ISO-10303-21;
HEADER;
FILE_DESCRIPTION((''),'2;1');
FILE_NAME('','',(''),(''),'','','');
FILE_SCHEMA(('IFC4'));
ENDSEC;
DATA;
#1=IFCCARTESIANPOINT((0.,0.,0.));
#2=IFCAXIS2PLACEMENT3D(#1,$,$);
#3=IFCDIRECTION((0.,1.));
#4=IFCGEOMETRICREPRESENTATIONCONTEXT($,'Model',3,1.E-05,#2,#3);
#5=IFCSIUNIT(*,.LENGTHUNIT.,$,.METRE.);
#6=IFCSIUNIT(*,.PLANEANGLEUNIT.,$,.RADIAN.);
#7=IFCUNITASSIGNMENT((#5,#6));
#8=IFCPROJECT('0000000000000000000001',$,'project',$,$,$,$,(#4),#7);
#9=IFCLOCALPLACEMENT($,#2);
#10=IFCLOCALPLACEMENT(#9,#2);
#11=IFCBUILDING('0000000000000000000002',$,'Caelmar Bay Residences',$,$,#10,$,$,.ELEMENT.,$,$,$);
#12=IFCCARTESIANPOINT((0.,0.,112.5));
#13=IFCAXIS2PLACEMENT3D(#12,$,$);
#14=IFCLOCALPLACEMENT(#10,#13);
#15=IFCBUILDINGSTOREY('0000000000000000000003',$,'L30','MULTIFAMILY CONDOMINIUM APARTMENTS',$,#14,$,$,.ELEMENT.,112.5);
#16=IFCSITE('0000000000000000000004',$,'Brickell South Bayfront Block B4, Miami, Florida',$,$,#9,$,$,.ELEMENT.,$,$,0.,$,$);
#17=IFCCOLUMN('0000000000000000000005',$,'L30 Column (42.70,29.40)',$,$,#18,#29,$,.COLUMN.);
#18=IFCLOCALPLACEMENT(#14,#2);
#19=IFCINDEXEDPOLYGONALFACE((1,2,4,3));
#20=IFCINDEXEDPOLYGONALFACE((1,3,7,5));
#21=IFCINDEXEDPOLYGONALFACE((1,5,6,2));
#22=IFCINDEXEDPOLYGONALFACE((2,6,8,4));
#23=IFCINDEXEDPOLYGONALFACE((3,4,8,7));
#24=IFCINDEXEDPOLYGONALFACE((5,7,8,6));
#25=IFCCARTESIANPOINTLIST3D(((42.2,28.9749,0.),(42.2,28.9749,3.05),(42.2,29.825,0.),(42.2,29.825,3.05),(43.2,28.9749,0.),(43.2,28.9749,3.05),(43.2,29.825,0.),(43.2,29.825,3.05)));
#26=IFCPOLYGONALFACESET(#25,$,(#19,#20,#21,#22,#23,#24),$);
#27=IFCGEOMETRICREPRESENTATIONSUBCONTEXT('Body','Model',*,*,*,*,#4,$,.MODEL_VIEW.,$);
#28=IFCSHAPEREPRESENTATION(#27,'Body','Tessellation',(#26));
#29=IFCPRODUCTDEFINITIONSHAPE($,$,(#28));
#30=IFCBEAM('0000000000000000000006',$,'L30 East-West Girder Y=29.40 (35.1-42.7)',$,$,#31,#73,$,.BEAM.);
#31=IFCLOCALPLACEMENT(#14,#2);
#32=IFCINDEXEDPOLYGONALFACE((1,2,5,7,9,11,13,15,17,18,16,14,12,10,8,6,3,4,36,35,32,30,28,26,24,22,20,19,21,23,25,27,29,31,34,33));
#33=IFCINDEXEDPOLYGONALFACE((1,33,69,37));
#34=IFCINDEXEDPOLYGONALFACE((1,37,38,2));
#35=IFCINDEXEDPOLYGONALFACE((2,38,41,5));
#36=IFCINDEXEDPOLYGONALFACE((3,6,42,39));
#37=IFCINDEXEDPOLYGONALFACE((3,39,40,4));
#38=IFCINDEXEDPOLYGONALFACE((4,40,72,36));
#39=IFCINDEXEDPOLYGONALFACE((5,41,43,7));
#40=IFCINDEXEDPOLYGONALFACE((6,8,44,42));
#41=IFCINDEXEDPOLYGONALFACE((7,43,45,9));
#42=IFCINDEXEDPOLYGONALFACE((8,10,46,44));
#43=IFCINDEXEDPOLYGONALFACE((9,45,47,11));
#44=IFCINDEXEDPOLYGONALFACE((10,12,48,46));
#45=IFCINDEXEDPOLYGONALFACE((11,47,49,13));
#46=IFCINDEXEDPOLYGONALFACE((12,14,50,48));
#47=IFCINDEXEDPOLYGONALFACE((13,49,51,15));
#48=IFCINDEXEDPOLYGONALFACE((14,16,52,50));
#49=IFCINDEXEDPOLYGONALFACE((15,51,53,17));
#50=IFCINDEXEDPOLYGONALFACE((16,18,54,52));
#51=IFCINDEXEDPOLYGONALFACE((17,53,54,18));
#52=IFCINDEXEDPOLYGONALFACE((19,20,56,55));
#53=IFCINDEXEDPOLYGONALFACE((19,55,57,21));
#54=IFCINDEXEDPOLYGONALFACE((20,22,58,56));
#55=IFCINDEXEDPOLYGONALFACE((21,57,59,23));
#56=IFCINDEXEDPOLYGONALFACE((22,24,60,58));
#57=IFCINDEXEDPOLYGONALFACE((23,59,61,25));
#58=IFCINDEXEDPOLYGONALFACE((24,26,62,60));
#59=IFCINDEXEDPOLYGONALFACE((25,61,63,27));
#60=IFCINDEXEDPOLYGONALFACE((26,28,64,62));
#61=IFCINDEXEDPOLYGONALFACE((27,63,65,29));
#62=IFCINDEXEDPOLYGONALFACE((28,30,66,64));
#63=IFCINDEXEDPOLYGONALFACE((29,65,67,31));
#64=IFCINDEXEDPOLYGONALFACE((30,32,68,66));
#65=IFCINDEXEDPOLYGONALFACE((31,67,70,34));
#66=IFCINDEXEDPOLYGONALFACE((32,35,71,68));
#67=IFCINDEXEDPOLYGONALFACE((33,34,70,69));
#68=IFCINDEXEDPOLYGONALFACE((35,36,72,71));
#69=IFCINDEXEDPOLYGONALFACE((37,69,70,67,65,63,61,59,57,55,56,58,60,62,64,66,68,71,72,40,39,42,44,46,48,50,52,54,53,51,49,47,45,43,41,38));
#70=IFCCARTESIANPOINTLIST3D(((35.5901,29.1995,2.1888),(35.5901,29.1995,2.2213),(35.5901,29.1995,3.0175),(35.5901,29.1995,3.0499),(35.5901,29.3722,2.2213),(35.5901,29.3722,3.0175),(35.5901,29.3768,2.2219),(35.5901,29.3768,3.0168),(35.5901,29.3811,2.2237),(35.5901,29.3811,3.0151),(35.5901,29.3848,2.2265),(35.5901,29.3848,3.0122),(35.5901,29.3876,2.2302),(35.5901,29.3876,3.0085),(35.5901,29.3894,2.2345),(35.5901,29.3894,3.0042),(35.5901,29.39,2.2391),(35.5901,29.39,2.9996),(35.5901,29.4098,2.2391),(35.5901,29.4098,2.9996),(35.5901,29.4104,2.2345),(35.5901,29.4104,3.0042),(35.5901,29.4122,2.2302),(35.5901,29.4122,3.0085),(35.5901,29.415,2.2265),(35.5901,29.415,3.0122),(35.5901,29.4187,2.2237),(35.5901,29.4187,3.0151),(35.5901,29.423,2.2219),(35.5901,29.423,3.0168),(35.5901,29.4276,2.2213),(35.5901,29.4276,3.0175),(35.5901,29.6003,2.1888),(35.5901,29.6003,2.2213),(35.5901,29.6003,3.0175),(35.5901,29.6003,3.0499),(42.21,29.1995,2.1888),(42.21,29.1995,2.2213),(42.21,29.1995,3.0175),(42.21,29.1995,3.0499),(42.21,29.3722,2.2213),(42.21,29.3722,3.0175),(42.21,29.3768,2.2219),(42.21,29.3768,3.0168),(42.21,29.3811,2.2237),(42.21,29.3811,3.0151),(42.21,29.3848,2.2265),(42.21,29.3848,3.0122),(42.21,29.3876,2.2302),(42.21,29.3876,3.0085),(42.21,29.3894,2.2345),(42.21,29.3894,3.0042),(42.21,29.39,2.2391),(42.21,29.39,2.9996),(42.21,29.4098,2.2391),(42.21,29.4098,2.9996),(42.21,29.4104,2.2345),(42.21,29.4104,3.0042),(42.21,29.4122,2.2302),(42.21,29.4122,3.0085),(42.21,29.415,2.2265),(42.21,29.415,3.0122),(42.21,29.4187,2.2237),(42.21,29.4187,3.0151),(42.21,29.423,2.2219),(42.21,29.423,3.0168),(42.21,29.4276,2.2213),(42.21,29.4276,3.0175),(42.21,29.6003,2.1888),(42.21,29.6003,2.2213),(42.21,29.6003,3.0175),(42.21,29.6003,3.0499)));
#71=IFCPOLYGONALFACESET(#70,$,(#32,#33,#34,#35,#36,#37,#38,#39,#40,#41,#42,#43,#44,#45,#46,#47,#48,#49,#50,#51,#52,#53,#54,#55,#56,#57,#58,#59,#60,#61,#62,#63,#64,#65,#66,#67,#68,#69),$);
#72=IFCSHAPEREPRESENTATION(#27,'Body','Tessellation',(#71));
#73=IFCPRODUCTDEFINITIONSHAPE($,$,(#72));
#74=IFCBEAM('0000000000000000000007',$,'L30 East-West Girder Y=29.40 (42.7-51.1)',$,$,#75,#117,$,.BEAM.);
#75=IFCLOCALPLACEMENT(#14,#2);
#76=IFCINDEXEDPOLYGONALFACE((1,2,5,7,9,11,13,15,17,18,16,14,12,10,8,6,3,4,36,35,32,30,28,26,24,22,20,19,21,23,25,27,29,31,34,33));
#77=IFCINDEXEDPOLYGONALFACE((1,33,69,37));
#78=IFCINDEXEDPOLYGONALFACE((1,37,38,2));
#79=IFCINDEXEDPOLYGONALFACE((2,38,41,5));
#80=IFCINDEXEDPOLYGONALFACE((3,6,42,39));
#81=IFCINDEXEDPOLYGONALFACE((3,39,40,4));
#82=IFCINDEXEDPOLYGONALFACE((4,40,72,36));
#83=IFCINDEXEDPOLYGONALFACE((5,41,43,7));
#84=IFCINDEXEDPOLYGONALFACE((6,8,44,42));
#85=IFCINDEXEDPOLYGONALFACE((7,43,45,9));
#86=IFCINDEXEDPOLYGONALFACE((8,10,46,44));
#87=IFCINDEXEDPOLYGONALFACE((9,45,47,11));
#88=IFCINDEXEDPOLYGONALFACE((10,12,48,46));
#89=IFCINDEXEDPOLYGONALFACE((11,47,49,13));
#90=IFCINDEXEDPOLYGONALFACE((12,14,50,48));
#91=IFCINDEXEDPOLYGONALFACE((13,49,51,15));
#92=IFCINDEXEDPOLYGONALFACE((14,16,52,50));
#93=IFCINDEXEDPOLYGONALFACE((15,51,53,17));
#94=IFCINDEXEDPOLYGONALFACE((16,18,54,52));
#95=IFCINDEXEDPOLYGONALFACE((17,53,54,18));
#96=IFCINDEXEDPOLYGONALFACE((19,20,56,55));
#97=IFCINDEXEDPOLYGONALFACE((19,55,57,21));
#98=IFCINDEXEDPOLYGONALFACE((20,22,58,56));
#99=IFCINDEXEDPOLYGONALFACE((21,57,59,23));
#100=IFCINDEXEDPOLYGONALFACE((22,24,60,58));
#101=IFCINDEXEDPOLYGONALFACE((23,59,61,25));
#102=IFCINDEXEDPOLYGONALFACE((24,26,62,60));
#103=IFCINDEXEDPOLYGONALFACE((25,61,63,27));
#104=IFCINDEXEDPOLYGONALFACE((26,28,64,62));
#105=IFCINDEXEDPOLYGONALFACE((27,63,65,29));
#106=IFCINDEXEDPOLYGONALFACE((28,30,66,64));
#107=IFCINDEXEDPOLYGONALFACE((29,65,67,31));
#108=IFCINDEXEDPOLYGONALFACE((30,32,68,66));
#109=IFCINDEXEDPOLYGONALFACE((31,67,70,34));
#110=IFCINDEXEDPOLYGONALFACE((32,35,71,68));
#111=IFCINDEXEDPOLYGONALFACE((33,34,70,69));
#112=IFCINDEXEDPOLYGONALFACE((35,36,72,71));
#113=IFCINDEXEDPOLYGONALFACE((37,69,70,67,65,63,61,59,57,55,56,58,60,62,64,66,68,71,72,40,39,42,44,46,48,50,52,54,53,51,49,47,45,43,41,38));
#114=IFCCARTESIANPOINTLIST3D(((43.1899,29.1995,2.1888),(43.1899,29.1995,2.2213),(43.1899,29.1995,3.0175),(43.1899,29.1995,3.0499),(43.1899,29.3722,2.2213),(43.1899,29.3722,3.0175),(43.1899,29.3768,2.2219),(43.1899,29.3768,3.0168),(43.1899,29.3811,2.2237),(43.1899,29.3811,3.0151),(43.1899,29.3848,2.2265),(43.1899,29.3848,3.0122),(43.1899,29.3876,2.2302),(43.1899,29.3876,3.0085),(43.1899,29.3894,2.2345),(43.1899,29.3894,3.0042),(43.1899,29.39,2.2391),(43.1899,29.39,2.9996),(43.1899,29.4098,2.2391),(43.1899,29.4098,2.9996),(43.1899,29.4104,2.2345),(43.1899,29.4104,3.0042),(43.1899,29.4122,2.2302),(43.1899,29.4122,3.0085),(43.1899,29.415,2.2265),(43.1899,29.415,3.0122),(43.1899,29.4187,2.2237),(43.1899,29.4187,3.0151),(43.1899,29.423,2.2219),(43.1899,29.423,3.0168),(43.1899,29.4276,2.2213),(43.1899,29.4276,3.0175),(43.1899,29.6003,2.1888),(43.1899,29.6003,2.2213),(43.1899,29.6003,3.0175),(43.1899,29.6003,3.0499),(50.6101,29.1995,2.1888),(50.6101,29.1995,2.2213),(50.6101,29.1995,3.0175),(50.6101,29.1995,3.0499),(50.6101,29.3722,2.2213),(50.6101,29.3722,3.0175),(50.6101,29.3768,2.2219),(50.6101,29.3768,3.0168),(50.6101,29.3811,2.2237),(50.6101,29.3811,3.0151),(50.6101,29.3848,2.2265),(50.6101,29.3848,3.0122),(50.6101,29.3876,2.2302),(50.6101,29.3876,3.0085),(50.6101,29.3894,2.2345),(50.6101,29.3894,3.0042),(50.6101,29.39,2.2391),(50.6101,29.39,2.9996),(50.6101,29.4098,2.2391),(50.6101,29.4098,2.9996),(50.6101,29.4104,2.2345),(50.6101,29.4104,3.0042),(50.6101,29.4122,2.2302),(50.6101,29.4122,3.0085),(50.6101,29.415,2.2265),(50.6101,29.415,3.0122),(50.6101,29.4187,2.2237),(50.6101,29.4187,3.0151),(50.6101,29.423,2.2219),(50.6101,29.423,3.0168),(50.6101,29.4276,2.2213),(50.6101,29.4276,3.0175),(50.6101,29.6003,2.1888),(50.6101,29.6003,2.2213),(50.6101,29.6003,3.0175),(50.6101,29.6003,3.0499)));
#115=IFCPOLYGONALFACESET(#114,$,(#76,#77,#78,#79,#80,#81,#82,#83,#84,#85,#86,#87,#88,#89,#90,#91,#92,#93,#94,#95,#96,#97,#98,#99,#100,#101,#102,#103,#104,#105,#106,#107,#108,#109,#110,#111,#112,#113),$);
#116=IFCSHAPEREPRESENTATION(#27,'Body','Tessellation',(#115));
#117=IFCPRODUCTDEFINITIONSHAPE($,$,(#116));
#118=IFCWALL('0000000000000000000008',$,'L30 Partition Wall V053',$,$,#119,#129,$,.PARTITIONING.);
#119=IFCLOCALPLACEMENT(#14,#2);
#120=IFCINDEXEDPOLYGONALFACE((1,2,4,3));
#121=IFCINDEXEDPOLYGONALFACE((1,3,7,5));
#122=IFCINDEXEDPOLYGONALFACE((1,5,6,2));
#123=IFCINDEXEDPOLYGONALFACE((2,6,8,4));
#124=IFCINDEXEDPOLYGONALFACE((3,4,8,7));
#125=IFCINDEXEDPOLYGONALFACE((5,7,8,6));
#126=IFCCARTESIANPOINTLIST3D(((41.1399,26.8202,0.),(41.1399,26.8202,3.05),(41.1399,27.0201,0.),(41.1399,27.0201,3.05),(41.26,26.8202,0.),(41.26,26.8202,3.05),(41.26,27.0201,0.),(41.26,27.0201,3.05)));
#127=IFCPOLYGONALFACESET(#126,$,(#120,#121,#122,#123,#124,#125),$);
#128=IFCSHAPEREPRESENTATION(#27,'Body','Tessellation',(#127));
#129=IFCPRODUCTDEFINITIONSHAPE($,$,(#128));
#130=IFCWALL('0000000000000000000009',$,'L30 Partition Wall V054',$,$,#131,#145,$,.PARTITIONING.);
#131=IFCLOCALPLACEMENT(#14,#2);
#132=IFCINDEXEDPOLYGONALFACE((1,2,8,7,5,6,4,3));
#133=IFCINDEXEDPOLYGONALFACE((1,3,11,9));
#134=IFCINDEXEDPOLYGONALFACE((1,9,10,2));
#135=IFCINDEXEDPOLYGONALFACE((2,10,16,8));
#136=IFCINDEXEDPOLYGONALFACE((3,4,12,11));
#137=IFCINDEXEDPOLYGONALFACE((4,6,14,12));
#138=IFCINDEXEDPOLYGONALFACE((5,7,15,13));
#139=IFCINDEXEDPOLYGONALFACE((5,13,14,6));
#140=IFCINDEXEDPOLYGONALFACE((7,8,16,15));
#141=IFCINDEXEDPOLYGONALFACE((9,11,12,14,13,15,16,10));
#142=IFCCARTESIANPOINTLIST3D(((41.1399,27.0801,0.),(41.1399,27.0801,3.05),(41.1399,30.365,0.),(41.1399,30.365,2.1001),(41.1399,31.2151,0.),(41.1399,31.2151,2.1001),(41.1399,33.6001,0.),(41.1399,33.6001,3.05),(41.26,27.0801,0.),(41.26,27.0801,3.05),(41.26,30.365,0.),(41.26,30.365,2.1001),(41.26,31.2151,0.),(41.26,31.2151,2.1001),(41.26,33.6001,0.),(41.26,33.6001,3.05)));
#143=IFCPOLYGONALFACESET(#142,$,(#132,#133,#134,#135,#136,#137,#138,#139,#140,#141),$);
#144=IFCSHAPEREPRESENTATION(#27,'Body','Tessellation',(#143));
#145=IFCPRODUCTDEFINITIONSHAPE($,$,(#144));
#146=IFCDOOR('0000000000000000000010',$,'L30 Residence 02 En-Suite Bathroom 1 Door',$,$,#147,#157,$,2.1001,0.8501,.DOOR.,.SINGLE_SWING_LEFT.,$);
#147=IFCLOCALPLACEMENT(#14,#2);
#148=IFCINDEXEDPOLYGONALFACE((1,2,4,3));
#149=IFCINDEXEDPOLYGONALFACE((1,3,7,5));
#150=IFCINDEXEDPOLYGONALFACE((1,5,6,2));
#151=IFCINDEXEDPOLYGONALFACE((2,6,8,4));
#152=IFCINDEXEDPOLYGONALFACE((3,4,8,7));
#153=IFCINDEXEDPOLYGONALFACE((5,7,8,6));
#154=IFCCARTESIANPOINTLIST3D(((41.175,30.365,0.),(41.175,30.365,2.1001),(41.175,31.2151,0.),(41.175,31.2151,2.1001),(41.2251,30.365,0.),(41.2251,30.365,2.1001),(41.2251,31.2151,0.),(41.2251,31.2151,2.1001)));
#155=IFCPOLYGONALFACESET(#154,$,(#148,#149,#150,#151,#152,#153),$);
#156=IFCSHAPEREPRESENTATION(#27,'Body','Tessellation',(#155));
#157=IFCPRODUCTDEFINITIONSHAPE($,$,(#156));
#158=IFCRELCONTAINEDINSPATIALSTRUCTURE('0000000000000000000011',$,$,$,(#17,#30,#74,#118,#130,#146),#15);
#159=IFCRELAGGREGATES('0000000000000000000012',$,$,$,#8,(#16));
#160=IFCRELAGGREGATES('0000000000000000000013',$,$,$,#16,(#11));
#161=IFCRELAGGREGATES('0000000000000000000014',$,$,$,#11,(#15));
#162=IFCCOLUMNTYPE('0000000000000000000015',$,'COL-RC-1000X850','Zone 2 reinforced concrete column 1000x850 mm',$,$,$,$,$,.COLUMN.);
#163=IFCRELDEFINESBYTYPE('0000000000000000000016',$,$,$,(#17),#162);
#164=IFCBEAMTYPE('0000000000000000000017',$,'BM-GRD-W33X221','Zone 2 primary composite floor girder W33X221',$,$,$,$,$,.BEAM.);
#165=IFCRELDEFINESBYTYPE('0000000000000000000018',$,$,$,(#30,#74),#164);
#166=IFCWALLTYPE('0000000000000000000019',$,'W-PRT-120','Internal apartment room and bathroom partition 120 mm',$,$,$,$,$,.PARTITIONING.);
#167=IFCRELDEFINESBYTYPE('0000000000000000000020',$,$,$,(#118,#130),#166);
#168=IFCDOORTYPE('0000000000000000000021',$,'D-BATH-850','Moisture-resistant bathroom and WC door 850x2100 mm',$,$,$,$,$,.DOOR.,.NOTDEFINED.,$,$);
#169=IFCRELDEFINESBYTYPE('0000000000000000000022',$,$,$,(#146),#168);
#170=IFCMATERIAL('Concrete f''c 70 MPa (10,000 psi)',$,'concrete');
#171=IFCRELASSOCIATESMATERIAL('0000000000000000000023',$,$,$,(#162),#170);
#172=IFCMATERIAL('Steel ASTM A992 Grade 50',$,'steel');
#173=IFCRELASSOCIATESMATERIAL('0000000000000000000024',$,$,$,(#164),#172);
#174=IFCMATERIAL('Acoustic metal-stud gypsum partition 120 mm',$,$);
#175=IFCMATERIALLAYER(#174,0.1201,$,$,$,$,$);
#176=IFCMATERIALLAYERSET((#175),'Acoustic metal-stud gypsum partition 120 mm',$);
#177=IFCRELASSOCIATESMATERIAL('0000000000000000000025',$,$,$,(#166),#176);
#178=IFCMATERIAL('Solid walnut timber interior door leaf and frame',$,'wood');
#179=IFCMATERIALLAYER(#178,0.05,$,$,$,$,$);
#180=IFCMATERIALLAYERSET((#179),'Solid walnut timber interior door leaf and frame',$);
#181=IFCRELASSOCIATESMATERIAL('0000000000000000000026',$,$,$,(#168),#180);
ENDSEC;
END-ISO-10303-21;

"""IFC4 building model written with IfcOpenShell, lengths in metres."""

from ifc_helpers import new_model, si_unit, direction, frame, frame_2d, origin, origin_2d, place, context, subcontext, project, spatial, rectangle, i_section, extrude, material, layer, layer_set, material_profile, profile_set, type_object, element, fill, save


model = new_model("IFC4")

# Units and contexts
model_context = context("Model", 3, precision=1e-05, world=origin(), true_north=direction((0.0, 1.0)))
body_context = subcontext(model_context, "Body", "Model", "MODEL_VIEW")
ifc_project = project(units=[si_unit("LENGTHUNIT", "METRE"), si_unit("PLANEANGLEUNIT", "RADIAN")], contexts=[model_context])

# Site, building, storey
site_placement = place(None, origin())
site = spatial("IfcSite", under=ifc_project, at=site_placement, Name="Brickell South Bayfront Block B4, Miami, Florida", CompositionType="ELEMENT", RefElevation=0.0)
building_placement = place(site_placement, origin())
building = spatial("IfcBuilding", under=site, at=building_placement, Name="Caelmar Bay Residences", CompositionType="ELEMENT")
storey_placement = place(building_placement, frame((0.0, 0.0, 112.5)))
storey = spatial("IfcBuildingStorey", under=building, at=storey_placement, Name="L30", Description="MULTIFAMILY CONDOMINIUM APARTMENTS", CompositionType="ELEMENT", Elevation=112.5)

# Column
ifc_material_1 = material(Name="Concrete f'c 70 MPa (10,000 psi)", Category="concrete")
ifc_material_profile_1 = material_profile(ifc_material_1, rectangle(XDim=1.0, YDim=0.8501, at=origin_2d()), Name="RC-COL-1000X850")
ifc_profile_set_1 = profile_set([ifc_material_profile_1], Name="Concrete f'c 70 MPa (10,000 psi)")
column_type = type_object("IfcColumnType", Name="COL-RC-1000X850", Description="Zone 2 reinforced concrete column 1000x850 mm", PredefinedType="COLUMN", material=ifc_profile_set_1)
column_placement = place(storey_placement, frame((42.7, 29.3999, 0.0), z_axis=(0.0, 0.0, 1.0), x_axis=(1.0, 0.0, 0.0)))
element("IfcColumn", 1, at=column_placement, inside=storey, type_object=column_type, Name="L30 Column (42.70,29.40)", PredefinedType="COLUMN", context=body_context, shape_type="SweptSolid", body=[
    extrude(rectangle(XDim=1.0, YDim=0.8501, at=origin_2d()), origin(), (0.0, 0.0, 1.0), 3.05),
])

# Beams
ifc_material_2 = material(Name="Steel ASTM A992 Grade 50", Category="steel")
ifc_material_profile_2 = material_profile(ifc_material_2, i_section(OverallWidth=0.4009, OverallDepth=0.8611, WebThickness=0.0198, FlangeThickness=0.0325, FilletRadius=0.0178, at=origin_2d()), Name="W33X221")
ifc_profile_set_2 = profile_set([ifc_material_profile_2], Name="Steel ASTM A992 Grade 50")
beam_type = type_object("IfcBeamType", Name="BM-GRD-W33X221", Description="Zone 2 primary composite floor girder W33X221", PredefinedType="BEAM", material=ifc_profile_set_2)
beam_1_placement = place(storey_placement, frame((35.5901, 29.3999, 2.6194), z_axis=(1.0, 0.0, 0.0), x_axis=(0.0, 1.0, 0.0)))
element("IfcBeam", 2, at=beam_1_placement, inside=storey, type_object=beam_type, Name="L30 East-West Girder Y=29.40 (35.1-42.7)", PredefinedType="BEAM", context=body_context, shape_type="SweptSolid", body=[
    extrude(i_section(OverallWidth=0.4009, OverallDepth=0.8611, WebThickness=0.0198, FlangeThickness=0.0325, FilletRadius=0.0178, at=origin_2d()), origin(), (0.0, 0.0, 1.0), 6.6199),
])
beam_2_placement = place(storey_placement, frame((43.1899, 29.3999, 2.6194), z_axis=(1.0, 0.0, 0.0), x_axis=(0.0, 1.0, 0.0)))
element("IfcBeam", 3, at=beam_2_placement, inside=storey, type_object=beam_type, Name="L30 East-West Girder Y=29.40 (42.7-51.1)", PredefinedType="BEAM", context=body_context, shape_type="SweptSolid", body=[
    extrude(i_section(OverallWidth=0.4009, OverallDepth=0.8611, WebThickness=0.0198, FlangeThickness=0.0325, FilletRadius=0.0178, at=origin_2d()), origin(), (0.0, 0.0, 1.0), 7.4202),
])

# Wall
ifc_material_3 = material(Name="Acoustic metal-stud gypsum partition 120 mm")
ifc_layer_1 = layer(ifc_material_3, 0.1201)
ifc_layer_set_1 = layer_set([ifc_layer_1], Name="Acoustic metal-stud gypsum partition 120 mm")
wall_type_1 = type_object("IfcWallType", Name="W-PRT-120", Description="Internal apartment room and bathroom partition 120 mm", PredefinedType="PARTITIONING", material=ifc_layer_set_1)
wall_1_placement = place(storey_placement, frame((41.2, 26.8201, 0.0), z_axis=(0.0, 0.0, 1.0), x_axis=(0.0, 1.0, 0.0)))
element("IfcWall", 4, at=wall_1_placement, inside=storey, type_object=wall_type_1, Name="L30 Partition Wall V053", PredefinedType="PARTITIONING", context=body_context, shape_type="SweptSolid", body=[
    extrude(rectangle(XDim=0.2, YDim=0.1201, at=frame_2d((0.1001, 0.0))), origin(), (0.0, 0.0, 1.0), 3.05),
])

# Wall, opening, door
wall_2_placement = place(storey_placement, frame((41.2, 27.0801, 0.0), z_axis=(0.0, 0.0, 1.0), x_axis=(0.0, 1.0, 0.0)))
wall_2 = element("IfcWall", 5, at=wall_2_placement, inside=storey, type_object=wall_type_1, Name="L30 Partition Wall V054", PredefinedType="PARTITIONING", context=body_context, shape_type="SweptSolid", body=[
    extrude(rectangle(XDim=6.52, YDim=0.1201, at=frame_2d((3.26, 0.0))), origin(), (0.0, 0.0, 1.0), 3.05),
])
opening_1_placement = place(wall_2_placement, frame((3.2849, 0.0, 0.0)))
opening_1 = element("IfcOpeningElement", 6, at=opening_1_placement, cuts=wall_2, PredefinedType="OPENING", context=body_context, shape_type="SweptSolid", body=[
    extrude(rectangle(XDim=0.8501, YDim=2.1001, at=frame_2d((0.425, 1.05))), frame((0.0, 0.0701, 0.0), z_axis=(0.0, -1.0, 0.0), x_axis=(1.0, 0.0, 0.0)), (0.0, 0.0, 1.0), 0.1401),
])
ifc_material_4 = material(Name="Solid walnut timber interior door leaf and frame", Category="wood")
ifc_layer_2 = layer(ifc_material_4, 0.05)
ifc_layer_set_2 = layer_set([ifc_layer_2], Name="Solid walnut timber interior door leaf and frame")
door_type_1 = type_object("IfcDoorType", Name="D-BATH-850", Description="Moisture-resistant bathroom and WC door 850x2100 mm", OperationType="NOTDEFINED", PredefinedType="DOOR", material=ifc_layer_set_2)
door_1_placement = place(opening_1_placement, origin())
door_1 = element("IfcDoor", 7, at=door_1_placement, inside=storey, type_object=door_type_1, Name="L30 Residence 02 En-Suite Bathroom 1 Door", OperationType="SINGLE_SWING_LEFT", OverallHeight=2.1001, OverallWidth=0.8501, PredefinedType="DOOR", context=body_context, shape_type="SweptSolid", body=[
    extrude(rectangle(XDim=0.8501, YDim=2.1001, at=frame_2d((0.425, 1.05))), frame((0.0, 0.0249, 0.0), z_axis=(0.0, -1.0, 0.0), x_axis=(1.0, 0.0, 0.0)), (0.0, 0.0, 1.0), 0.05),
])
fill(opening_1, door_1)

save(model, "model.ifc")
